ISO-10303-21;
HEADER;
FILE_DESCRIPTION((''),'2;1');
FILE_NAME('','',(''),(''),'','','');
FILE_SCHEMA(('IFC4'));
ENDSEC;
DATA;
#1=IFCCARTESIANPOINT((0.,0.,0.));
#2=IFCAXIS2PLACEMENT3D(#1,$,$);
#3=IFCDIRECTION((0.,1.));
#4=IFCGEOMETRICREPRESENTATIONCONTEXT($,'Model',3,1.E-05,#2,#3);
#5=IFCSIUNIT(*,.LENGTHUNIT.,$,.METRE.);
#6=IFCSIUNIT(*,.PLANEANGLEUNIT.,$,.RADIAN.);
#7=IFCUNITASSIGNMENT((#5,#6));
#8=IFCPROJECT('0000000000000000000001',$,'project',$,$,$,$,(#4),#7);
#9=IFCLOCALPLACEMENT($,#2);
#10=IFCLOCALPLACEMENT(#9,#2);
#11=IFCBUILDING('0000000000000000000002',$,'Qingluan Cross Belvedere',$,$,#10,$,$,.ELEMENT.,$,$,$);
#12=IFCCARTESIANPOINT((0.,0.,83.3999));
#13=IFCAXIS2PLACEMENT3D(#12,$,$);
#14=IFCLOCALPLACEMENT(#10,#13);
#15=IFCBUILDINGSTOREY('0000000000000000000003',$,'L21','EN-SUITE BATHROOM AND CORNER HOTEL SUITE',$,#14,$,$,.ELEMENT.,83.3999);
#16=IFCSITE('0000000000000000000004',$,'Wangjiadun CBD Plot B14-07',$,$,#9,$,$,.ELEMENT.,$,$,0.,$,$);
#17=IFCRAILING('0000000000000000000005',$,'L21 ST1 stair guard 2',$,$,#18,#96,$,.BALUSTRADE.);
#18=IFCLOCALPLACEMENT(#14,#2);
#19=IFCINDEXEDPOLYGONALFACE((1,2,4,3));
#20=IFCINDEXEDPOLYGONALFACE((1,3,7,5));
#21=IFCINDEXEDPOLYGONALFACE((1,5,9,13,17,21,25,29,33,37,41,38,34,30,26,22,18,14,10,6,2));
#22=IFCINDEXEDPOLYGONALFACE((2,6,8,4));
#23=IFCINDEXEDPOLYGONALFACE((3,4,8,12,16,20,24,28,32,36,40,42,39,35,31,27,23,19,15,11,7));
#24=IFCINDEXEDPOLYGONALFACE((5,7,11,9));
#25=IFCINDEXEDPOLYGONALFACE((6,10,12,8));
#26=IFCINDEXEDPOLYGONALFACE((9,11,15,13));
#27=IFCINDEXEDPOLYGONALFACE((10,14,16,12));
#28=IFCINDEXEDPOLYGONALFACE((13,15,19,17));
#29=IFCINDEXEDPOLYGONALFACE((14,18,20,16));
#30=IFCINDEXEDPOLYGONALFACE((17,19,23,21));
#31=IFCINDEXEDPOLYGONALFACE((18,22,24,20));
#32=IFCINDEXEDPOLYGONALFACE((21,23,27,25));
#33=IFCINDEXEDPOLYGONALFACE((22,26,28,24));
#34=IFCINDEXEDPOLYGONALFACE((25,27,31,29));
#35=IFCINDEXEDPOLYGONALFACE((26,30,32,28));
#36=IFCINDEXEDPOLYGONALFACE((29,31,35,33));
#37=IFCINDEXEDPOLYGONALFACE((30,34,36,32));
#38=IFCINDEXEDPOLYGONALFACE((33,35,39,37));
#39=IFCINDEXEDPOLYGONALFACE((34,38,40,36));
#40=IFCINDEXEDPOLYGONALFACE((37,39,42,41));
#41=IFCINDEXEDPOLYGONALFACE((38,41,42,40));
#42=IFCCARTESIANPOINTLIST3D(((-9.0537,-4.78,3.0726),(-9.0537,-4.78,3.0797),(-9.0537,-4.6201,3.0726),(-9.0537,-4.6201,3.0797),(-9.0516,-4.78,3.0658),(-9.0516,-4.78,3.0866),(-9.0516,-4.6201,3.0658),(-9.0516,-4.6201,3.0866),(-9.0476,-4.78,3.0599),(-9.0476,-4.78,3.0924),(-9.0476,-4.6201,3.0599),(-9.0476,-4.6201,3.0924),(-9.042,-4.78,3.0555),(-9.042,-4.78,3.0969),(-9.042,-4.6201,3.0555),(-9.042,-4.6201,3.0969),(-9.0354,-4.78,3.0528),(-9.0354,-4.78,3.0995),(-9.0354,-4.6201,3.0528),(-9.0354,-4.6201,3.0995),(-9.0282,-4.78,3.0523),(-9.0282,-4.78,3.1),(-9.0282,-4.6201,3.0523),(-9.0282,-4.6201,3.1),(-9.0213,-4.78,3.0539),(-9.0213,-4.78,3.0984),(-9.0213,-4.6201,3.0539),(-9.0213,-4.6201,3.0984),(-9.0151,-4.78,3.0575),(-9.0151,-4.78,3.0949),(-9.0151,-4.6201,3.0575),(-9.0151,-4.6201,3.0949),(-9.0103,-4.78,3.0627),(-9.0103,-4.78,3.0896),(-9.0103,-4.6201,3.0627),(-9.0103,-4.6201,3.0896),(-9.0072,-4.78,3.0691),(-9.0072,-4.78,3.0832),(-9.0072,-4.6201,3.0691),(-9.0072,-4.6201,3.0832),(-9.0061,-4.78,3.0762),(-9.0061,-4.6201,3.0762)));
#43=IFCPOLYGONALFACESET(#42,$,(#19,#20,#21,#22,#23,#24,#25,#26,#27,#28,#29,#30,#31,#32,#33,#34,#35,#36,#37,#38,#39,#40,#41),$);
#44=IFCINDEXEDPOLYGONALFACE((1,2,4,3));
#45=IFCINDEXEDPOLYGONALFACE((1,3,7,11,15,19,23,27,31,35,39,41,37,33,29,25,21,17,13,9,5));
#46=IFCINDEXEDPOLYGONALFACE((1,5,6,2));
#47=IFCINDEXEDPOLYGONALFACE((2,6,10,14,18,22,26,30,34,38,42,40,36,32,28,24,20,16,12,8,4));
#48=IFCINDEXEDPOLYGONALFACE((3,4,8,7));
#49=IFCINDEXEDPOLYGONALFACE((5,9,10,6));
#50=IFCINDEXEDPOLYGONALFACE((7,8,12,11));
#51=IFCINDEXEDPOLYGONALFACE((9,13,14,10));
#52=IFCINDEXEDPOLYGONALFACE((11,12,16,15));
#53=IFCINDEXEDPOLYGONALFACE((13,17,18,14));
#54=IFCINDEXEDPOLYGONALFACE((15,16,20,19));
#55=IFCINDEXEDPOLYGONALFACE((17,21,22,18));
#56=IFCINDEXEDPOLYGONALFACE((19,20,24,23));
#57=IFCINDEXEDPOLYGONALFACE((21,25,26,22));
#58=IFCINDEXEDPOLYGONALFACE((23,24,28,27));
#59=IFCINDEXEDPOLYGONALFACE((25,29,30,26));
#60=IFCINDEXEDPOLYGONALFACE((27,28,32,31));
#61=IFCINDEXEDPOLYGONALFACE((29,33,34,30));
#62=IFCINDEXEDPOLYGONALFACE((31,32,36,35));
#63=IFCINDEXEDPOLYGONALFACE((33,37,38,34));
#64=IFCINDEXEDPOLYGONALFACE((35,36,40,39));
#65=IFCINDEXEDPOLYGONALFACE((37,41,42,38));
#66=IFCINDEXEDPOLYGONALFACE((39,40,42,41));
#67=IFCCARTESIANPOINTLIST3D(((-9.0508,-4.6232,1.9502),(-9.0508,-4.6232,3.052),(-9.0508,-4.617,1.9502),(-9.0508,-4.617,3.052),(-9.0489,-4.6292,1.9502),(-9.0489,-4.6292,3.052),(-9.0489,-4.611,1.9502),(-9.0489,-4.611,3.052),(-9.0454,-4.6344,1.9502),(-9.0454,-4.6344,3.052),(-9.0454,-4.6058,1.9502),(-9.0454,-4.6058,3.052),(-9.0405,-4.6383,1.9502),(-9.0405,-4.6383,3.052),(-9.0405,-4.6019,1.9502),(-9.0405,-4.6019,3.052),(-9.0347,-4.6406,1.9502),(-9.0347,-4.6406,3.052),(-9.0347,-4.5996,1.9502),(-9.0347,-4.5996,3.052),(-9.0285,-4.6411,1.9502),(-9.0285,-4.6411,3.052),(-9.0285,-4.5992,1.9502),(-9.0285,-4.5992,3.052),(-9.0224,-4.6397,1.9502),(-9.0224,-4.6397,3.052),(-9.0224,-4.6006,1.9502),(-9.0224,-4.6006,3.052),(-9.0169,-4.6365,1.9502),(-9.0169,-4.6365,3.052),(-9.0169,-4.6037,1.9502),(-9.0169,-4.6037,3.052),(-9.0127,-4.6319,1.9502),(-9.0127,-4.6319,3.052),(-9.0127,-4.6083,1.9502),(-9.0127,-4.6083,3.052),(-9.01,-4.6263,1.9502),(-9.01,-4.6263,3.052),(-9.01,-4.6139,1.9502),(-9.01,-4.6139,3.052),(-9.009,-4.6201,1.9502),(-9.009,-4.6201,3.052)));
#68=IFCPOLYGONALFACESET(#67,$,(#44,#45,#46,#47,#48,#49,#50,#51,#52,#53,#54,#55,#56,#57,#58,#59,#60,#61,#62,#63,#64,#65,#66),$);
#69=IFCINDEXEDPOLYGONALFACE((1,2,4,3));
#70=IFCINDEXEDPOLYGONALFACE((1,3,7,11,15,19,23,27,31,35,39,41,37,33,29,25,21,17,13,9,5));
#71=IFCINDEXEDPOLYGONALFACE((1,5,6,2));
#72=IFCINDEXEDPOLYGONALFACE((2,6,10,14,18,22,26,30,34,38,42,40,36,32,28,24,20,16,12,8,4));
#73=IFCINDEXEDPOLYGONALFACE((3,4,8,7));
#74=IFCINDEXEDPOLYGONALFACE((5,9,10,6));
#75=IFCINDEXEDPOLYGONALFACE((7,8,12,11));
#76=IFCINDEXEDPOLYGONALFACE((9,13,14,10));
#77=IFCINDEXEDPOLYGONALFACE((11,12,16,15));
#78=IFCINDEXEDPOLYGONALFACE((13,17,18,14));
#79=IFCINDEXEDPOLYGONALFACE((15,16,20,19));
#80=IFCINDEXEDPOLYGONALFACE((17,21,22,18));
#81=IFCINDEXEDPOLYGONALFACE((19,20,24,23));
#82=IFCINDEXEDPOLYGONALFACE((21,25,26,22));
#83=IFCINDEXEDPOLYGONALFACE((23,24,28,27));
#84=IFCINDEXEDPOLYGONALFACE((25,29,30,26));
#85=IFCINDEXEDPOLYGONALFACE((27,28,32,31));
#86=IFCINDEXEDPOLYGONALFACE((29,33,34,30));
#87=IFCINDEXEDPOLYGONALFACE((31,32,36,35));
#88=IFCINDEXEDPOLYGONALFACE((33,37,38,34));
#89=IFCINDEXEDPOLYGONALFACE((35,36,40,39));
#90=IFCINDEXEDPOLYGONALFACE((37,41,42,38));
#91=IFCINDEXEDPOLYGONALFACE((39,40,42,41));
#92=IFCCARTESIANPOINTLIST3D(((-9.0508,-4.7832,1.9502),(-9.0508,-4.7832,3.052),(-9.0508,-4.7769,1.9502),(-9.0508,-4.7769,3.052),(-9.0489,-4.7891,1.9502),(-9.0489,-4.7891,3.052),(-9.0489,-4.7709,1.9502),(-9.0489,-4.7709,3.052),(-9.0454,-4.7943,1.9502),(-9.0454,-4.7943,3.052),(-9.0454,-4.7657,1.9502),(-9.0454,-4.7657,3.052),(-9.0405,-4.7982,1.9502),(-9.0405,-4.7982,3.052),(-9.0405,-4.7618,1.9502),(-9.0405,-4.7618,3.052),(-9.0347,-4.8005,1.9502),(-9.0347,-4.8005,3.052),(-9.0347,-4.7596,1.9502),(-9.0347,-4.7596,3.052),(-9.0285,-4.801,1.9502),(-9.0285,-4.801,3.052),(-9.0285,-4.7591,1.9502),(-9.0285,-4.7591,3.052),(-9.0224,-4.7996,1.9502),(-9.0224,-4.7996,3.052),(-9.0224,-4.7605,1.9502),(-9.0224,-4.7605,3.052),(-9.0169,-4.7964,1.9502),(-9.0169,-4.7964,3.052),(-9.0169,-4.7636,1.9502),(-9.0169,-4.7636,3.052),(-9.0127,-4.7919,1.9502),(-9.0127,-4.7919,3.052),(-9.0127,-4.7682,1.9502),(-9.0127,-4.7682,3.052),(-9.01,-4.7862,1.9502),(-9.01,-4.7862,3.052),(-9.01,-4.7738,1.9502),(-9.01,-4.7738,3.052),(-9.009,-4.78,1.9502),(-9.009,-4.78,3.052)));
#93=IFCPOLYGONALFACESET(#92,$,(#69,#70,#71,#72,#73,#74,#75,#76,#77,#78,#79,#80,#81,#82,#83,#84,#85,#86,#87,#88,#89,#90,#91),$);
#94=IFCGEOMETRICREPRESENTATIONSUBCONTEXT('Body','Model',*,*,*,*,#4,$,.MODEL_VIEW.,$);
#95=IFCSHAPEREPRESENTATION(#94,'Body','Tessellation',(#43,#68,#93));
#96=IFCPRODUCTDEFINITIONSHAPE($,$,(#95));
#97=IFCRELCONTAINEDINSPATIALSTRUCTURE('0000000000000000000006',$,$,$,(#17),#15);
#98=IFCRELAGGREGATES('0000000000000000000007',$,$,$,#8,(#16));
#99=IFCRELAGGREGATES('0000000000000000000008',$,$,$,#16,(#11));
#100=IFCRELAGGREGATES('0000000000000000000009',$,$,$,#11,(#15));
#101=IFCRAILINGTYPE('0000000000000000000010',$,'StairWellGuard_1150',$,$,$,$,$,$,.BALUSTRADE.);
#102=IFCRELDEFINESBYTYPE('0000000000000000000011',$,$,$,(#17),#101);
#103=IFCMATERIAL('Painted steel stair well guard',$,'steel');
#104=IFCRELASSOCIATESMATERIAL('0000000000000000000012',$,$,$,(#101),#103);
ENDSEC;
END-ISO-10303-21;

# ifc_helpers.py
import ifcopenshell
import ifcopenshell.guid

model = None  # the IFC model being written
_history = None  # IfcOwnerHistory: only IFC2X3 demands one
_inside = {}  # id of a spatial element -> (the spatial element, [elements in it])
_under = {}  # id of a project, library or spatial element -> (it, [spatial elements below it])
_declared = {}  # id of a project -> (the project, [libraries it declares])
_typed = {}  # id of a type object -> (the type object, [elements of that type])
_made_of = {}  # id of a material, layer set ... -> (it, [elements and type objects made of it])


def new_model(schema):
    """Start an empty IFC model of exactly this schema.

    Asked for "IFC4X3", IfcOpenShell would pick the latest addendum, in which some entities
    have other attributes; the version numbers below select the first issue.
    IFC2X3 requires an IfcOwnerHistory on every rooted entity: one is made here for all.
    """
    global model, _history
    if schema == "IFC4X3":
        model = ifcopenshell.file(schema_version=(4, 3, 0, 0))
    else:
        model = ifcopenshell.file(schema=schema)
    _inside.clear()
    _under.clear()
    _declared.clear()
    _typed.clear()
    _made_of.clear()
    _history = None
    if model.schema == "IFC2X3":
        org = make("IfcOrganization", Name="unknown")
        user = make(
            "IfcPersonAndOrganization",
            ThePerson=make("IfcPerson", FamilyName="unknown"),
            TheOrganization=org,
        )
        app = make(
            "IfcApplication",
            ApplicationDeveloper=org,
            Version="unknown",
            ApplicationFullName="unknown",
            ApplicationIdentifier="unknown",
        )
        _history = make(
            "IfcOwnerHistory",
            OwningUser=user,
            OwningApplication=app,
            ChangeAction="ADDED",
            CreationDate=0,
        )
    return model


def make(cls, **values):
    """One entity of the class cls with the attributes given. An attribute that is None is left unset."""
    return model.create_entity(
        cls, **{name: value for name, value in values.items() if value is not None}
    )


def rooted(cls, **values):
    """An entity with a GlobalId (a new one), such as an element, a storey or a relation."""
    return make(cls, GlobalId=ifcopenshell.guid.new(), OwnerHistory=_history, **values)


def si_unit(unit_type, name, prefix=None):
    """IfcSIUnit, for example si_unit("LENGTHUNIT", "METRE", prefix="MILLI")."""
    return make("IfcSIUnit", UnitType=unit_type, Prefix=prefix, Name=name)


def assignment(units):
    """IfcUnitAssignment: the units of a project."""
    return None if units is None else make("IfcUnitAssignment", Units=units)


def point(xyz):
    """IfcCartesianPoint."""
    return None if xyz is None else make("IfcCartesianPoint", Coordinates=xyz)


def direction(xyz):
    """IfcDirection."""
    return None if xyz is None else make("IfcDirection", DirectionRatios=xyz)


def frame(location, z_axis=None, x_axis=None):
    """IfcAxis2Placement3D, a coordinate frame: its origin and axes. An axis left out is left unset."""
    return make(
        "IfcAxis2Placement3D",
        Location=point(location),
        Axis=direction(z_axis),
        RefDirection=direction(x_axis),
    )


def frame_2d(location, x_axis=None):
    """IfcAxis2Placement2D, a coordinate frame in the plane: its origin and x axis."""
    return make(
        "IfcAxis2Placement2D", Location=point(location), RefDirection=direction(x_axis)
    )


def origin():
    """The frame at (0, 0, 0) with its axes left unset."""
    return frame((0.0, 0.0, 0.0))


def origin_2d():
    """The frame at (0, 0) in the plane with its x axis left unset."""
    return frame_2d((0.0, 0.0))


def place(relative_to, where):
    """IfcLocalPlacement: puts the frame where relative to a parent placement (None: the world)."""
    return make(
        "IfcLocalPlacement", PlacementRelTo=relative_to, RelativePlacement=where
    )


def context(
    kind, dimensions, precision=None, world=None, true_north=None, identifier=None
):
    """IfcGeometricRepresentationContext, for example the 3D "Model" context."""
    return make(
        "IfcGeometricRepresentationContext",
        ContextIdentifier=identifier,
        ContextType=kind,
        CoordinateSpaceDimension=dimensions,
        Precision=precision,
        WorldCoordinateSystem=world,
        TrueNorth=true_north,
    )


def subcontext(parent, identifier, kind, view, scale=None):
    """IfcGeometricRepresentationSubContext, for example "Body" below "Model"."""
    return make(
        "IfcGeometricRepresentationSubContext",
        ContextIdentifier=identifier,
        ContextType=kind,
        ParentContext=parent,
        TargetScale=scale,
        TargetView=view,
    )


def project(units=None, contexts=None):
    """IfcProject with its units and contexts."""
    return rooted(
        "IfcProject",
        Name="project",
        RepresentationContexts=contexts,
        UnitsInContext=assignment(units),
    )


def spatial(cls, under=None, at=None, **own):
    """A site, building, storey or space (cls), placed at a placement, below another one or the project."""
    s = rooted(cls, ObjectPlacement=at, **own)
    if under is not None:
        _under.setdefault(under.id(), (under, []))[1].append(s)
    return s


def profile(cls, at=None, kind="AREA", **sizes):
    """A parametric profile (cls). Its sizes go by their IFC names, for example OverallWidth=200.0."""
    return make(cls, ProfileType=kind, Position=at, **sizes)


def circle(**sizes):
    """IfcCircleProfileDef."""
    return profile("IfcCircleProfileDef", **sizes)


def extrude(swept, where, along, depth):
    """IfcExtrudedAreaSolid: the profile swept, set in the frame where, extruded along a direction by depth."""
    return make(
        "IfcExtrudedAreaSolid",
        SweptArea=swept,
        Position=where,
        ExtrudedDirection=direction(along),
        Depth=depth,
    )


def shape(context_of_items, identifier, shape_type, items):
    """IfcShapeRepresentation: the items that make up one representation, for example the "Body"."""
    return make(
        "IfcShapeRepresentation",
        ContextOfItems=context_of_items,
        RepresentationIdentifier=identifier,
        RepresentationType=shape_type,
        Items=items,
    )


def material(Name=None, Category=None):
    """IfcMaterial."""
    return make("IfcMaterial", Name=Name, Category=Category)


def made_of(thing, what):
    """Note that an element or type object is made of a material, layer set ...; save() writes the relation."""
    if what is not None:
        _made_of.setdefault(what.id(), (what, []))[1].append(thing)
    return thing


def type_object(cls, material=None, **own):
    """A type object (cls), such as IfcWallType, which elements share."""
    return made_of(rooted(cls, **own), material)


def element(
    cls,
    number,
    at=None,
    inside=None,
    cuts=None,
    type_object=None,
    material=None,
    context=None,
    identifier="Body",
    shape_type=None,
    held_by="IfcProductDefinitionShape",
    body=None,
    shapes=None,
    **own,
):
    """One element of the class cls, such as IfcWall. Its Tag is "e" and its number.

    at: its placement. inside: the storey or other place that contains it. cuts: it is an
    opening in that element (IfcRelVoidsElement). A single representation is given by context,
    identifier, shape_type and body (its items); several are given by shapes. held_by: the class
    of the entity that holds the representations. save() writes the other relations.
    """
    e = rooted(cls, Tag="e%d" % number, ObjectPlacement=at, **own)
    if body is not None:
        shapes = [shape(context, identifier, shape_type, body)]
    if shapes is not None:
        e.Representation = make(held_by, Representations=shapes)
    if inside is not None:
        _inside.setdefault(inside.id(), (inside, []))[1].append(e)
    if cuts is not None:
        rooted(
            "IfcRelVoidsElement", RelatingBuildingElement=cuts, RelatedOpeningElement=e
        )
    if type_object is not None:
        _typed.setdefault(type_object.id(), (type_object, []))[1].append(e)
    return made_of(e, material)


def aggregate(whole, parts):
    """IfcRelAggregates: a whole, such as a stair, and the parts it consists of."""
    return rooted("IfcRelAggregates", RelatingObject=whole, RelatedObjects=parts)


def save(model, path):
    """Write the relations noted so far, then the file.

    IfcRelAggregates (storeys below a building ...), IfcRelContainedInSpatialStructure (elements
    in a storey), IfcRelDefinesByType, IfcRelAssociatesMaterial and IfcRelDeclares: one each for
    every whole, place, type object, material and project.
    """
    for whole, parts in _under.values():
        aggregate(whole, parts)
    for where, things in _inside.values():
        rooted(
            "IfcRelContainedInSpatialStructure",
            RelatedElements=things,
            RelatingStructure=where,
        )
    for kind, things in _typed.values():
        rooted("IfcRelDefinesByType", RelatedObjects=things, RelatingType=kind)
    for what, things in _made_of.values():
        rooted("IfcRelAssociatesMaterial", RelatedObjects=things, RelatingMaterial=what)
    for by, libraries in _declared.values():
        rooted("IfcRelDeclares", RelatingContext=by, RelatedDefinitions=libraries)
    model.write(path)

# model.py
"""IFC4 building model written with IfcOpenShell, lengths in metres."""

from ifc_helpers import new_model, si_unit, direction, frame, origin, origin_2d, place, context, subcontext, project, spatial, circle, extrude, material, type_object, element, save


model = new_model("IFC4")

# Units and contexts
model_context = context("Model", 3, precision=1e-05, world=origin(), true_north=direction((0.0, 1.0)))
body_context = subcontext(model_context, "Body", "Model", "MODEL_VIEW")
ifc_project = project(units=[si_unit("LENGTHUNIT", "METRE"), si_unit("PLANEANGLEUNIT", "RADIAN")], contexts=[model_context])

# Site, building, storey
site_placement = place(None, origin())
site = spatial("IfcSite", under=ifc_project, at=site_placement, Name="Wangjiadun CBD Plot B14-07", CompositionType="ELEMENT", RefElevation=0.0)
building_placement = place(site_placement, origin())
building = spatial("IfcBuilding", under=site, at=building_placement, Name="Qingluan Cross Belvedere", CompositionType="ELEMENT")
storey_placement = place(building_placement, frame((0.0, 0.0, 83.3999)))
storey = spatial("IfcBuildingStorey", under=building, at=storey_placement, Name="L21", Description="EN-SUITE BATHROOM AND CORNER HOTEL SUITE", CompositionType="ELEMENT", Elevation=83.3999)

# Railing
ifc_material_1 = material(Name="Painted steel stair well guard", Category="steel")
railing_type_1 = type_object("IfcRailingType", Name="StairWellGuard_1150", PredefinedType="BALUSTRADE", material=ifc_material_1)
railing_1_placement = place(storey_placement, frame((-9.03, -4.6201, 1.9502)))
element("IfcRailing", 1, at=railing_1_placement, inside=storey, type_object=railing_type_1, Name="L21 ST1 stair guard 2", PredefinedType="BALUSTRADE", context=body_context, shape_type="SweptSolid", body=[
    extrude(circle(Radius=0.0239, at=origin_2d()), frame((0.0, 0.0, 1.126), z_axis=(0.0, -1.0, 0.0), x_axis=(1.0, 0.0, 0.0)), (0.0, 0.0, 1.0), 0.1599),
    extrude(circle(Radius=0.021, at=origin_2d()), origin(), (0.0, 0.0, 1.0), 1.1018),
    extrude(circle(Radius=0.021, at=origin_2d()), frame((0.0, -0.1599, 0.0)), (0.0, 0.0, 1.0), 1.1018),
])

save(model, "model.ifc")
